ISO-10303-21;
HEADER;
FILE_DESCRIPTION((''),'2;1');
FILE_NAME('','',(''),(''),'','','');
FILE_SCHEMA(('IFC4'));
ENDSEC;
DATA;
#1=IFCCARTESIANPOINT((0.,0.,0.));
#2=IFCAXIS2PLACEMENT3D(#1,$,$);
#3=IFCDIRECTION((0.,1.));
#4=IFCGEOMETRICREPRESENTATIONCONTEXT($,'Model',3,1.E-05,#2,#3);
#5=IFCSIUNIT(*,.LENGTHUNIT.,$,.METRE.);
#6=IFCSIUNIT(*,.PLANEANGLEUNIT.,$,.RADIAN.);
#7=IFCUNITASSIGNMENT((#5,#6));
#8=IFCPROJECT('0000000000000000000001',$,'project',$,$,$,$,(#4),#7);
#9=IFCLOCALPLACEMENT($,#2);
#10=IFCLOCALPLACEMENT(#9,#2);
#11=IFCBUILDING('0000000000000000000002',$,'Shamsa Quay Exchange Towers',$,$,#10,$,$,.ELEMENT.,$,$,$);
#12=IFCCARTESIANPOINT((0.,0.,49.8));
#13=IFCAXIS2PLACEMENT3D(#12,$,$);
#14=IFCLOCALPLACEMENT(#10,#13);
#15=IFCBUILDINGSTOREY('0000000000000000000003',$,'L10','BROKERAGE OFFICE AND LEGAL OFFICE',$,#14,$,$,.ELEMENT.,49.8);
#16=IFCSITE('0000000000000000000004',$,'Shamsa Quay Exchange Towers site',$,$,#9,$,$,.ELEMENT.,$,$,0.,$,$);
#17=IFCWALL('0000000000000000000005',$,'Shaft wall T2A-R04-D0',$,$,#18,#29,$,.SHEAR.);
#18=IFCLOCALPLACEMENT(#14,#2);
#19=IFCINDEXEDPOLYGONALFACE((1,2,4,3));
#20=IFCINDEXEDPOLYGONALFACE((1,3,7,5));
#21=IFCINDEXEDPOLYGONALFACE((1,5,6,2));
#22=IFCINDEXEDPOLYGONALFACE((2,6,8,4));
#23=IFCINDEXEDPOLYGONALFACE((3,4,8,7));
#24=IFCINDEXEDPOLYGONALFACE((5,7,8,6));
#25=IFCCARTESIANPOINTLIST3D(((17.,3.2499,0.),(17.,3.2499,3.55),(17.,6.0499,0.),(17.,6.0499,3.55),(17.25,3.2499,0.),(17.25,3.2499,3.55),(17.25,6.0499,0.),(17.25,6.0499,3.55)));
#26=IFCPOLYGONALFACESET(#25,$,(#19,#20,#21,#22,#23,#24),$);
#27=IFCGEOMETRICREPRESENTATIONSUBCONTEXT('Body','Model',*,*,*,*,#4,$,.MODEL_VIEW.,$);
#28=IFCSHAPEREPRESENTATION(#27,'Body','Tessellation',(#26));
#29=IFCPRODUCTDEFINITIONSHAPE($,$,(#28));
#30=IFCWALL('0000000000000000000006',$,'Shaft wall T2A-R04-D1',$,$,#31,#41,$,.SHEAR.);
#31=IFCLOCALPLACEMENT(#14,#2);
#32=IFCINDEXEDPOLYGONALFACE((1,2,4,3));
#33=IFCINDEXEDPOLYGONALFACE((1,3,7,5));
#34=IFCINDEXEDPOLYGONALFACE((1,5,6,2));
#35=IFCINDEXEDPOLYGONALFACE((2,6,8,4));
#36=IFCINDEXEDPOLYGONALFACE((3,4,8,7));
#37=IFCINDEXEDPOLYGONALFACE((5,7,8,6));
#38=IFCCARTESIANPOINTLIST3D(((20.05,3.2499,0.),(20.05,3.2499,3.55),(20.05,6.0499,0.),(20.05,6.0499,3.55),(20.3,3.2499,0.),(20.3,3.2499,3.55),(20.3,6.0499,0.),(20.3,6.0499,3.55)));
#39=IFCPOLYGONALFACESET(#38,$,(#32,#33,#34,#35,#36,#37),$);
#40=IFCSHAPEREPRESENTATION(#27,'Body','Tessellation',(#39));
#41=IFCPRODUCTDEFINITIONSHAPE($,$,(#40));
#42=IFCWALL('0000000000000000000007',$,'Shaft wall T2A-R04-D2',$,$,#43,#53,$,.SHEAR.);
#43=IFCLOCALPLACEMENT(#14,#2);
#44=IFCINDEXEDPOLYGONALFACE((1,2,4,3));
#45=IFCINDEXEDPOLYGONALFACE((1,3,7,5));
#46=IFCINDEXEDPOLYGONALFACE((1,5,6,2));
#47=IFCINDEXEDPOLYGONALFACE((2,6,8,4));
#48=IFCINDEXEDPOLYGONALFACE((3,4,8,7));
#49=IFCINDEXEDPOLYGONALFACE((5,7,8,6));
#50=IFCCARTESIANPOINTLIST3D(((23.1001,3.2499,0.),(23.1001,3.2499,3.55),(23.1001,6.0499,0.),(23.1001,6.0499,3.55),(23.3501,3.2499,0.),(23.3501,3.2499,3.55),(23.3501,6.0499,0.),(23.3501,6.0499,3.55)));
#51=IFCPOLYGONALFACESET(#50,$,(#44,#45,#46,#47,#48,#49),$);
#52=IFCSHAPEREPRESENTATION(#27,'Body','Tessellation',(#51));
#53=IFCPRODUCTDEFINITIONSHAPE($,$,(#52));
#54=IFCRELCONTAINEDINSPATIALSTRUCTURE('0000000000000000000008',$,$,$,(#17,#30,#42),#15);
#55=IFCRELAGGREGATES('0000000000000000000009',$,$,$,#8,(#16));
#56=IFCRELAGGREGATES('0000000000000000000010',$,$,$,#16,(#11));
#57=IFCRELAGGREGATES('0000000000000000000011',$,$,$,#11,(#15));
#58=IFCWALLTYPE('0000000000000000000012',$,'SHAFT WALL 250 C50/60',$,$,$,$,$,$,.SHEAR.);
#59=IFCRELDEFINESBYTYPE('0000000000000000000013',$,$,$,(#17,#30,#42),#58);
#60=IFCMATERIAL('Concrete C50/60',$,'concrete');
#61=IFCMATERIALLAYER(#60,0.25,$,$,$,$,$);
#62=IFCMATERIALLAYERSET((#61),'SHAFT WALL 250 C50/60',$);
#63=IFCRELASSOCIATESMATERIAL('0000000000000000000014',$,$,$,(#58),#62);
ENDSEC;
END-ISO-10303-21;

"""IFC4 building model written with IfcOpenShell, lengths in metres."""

from ifc_helpers import new_model, si_unit, direction, frame, frame_2d, origin, place, context, subcontext, project, spatial, rectangle, extrude, material, layer, layer_set, type_object, element, save


model = new_model("IFC4")

# Units and contexts
model_context = context("Model", 3, precision=1e-05, world=origin(), true_north=direction((0.0, 1.0)))
body_context = subcontext(model_context, "Body", "Model", "MODEL_VIEW")
ifc_project = project(units=[si_unit("LENGTHUNIT", "METRE"), si_unit("PLANEANGLEUNIT", "RADIAN")], contexts=[model_context])

# Site, building, storey
site_placement = place(None, origin())
site = spatial("IfcSite", under=ifc_project, at=site_placement, Name="Shamsa Quay Exchange Towers site", CompositionType="ELEMENT", RefElevation=0.0)
building_placement = place(site_placement, origin())
building = spatial("IfcBuilding", under=site, at=building_placement, Name="Shamsa Quay Exchange Towers", CompositionType="ELEMENT")
storey_placement = place(building_placement, frame((0.0, 0.0, 49.8)))
storey = spatial("IfcBuildingStorey", under=building, at=storey_placement, Name="L10", Description="BROKERAGE OFFICE AND LEGAL OFFICE", CompositionType="ELEMENT", Elevation=49.8)

# Shared definitions
ifc_material_1 = material(Name="Concrete C50/60", Category="concrete")
ifc_layer_1 = layer(ifc_material_1, 0.25)
ifc_layer_set_1 = layer_set([ifc_layer_1], Name="SHAFT WALL 250 C50/60")
wall_type_1 = type_object("IfcWallType", Name="SHAFT WALL 250 C50/60", PredefinedType="SHEAR", material=ifc_layer_set_1)

# Walls
for number, where, z_axis, x_axis, name in (
    (1, (17.125, 3.25, 0.0), (0.0, 0.0, 1.0), (0.0, 1.0, 0.0), "Shaft wall T2A-R04-D0"),
    (2, (20.175, 3.25, 0.0), (0.0, 0.0, 1.0), (0.0, 1.0, 0.0), "Shaft wall T2A-R04-D1"),
    (3, (23.2251, 3.25, 0.0), (0.0, 0.0, 1.0), (0.0, 1.0, 0.0), "Shaft wall T2A-R04-D2"),
):
    element("IfcWall", number, at=place(storey_placement, frame(where, z_axis=z_axis, x_axis=x_axis)), inside=storey, type_object=wall_type_1, Name=name, PredefinedType="SHEAR", context=body_context, shape_type="SweptSolid", body=[
        extrude(rectangle(XDim=2.8, YDim=0.25, at=frame_2d((1.3999, 0.0))), origin(), (0.0, 0.0, 1.0), 3.55),
    ])

save(model, "model.ifc")
